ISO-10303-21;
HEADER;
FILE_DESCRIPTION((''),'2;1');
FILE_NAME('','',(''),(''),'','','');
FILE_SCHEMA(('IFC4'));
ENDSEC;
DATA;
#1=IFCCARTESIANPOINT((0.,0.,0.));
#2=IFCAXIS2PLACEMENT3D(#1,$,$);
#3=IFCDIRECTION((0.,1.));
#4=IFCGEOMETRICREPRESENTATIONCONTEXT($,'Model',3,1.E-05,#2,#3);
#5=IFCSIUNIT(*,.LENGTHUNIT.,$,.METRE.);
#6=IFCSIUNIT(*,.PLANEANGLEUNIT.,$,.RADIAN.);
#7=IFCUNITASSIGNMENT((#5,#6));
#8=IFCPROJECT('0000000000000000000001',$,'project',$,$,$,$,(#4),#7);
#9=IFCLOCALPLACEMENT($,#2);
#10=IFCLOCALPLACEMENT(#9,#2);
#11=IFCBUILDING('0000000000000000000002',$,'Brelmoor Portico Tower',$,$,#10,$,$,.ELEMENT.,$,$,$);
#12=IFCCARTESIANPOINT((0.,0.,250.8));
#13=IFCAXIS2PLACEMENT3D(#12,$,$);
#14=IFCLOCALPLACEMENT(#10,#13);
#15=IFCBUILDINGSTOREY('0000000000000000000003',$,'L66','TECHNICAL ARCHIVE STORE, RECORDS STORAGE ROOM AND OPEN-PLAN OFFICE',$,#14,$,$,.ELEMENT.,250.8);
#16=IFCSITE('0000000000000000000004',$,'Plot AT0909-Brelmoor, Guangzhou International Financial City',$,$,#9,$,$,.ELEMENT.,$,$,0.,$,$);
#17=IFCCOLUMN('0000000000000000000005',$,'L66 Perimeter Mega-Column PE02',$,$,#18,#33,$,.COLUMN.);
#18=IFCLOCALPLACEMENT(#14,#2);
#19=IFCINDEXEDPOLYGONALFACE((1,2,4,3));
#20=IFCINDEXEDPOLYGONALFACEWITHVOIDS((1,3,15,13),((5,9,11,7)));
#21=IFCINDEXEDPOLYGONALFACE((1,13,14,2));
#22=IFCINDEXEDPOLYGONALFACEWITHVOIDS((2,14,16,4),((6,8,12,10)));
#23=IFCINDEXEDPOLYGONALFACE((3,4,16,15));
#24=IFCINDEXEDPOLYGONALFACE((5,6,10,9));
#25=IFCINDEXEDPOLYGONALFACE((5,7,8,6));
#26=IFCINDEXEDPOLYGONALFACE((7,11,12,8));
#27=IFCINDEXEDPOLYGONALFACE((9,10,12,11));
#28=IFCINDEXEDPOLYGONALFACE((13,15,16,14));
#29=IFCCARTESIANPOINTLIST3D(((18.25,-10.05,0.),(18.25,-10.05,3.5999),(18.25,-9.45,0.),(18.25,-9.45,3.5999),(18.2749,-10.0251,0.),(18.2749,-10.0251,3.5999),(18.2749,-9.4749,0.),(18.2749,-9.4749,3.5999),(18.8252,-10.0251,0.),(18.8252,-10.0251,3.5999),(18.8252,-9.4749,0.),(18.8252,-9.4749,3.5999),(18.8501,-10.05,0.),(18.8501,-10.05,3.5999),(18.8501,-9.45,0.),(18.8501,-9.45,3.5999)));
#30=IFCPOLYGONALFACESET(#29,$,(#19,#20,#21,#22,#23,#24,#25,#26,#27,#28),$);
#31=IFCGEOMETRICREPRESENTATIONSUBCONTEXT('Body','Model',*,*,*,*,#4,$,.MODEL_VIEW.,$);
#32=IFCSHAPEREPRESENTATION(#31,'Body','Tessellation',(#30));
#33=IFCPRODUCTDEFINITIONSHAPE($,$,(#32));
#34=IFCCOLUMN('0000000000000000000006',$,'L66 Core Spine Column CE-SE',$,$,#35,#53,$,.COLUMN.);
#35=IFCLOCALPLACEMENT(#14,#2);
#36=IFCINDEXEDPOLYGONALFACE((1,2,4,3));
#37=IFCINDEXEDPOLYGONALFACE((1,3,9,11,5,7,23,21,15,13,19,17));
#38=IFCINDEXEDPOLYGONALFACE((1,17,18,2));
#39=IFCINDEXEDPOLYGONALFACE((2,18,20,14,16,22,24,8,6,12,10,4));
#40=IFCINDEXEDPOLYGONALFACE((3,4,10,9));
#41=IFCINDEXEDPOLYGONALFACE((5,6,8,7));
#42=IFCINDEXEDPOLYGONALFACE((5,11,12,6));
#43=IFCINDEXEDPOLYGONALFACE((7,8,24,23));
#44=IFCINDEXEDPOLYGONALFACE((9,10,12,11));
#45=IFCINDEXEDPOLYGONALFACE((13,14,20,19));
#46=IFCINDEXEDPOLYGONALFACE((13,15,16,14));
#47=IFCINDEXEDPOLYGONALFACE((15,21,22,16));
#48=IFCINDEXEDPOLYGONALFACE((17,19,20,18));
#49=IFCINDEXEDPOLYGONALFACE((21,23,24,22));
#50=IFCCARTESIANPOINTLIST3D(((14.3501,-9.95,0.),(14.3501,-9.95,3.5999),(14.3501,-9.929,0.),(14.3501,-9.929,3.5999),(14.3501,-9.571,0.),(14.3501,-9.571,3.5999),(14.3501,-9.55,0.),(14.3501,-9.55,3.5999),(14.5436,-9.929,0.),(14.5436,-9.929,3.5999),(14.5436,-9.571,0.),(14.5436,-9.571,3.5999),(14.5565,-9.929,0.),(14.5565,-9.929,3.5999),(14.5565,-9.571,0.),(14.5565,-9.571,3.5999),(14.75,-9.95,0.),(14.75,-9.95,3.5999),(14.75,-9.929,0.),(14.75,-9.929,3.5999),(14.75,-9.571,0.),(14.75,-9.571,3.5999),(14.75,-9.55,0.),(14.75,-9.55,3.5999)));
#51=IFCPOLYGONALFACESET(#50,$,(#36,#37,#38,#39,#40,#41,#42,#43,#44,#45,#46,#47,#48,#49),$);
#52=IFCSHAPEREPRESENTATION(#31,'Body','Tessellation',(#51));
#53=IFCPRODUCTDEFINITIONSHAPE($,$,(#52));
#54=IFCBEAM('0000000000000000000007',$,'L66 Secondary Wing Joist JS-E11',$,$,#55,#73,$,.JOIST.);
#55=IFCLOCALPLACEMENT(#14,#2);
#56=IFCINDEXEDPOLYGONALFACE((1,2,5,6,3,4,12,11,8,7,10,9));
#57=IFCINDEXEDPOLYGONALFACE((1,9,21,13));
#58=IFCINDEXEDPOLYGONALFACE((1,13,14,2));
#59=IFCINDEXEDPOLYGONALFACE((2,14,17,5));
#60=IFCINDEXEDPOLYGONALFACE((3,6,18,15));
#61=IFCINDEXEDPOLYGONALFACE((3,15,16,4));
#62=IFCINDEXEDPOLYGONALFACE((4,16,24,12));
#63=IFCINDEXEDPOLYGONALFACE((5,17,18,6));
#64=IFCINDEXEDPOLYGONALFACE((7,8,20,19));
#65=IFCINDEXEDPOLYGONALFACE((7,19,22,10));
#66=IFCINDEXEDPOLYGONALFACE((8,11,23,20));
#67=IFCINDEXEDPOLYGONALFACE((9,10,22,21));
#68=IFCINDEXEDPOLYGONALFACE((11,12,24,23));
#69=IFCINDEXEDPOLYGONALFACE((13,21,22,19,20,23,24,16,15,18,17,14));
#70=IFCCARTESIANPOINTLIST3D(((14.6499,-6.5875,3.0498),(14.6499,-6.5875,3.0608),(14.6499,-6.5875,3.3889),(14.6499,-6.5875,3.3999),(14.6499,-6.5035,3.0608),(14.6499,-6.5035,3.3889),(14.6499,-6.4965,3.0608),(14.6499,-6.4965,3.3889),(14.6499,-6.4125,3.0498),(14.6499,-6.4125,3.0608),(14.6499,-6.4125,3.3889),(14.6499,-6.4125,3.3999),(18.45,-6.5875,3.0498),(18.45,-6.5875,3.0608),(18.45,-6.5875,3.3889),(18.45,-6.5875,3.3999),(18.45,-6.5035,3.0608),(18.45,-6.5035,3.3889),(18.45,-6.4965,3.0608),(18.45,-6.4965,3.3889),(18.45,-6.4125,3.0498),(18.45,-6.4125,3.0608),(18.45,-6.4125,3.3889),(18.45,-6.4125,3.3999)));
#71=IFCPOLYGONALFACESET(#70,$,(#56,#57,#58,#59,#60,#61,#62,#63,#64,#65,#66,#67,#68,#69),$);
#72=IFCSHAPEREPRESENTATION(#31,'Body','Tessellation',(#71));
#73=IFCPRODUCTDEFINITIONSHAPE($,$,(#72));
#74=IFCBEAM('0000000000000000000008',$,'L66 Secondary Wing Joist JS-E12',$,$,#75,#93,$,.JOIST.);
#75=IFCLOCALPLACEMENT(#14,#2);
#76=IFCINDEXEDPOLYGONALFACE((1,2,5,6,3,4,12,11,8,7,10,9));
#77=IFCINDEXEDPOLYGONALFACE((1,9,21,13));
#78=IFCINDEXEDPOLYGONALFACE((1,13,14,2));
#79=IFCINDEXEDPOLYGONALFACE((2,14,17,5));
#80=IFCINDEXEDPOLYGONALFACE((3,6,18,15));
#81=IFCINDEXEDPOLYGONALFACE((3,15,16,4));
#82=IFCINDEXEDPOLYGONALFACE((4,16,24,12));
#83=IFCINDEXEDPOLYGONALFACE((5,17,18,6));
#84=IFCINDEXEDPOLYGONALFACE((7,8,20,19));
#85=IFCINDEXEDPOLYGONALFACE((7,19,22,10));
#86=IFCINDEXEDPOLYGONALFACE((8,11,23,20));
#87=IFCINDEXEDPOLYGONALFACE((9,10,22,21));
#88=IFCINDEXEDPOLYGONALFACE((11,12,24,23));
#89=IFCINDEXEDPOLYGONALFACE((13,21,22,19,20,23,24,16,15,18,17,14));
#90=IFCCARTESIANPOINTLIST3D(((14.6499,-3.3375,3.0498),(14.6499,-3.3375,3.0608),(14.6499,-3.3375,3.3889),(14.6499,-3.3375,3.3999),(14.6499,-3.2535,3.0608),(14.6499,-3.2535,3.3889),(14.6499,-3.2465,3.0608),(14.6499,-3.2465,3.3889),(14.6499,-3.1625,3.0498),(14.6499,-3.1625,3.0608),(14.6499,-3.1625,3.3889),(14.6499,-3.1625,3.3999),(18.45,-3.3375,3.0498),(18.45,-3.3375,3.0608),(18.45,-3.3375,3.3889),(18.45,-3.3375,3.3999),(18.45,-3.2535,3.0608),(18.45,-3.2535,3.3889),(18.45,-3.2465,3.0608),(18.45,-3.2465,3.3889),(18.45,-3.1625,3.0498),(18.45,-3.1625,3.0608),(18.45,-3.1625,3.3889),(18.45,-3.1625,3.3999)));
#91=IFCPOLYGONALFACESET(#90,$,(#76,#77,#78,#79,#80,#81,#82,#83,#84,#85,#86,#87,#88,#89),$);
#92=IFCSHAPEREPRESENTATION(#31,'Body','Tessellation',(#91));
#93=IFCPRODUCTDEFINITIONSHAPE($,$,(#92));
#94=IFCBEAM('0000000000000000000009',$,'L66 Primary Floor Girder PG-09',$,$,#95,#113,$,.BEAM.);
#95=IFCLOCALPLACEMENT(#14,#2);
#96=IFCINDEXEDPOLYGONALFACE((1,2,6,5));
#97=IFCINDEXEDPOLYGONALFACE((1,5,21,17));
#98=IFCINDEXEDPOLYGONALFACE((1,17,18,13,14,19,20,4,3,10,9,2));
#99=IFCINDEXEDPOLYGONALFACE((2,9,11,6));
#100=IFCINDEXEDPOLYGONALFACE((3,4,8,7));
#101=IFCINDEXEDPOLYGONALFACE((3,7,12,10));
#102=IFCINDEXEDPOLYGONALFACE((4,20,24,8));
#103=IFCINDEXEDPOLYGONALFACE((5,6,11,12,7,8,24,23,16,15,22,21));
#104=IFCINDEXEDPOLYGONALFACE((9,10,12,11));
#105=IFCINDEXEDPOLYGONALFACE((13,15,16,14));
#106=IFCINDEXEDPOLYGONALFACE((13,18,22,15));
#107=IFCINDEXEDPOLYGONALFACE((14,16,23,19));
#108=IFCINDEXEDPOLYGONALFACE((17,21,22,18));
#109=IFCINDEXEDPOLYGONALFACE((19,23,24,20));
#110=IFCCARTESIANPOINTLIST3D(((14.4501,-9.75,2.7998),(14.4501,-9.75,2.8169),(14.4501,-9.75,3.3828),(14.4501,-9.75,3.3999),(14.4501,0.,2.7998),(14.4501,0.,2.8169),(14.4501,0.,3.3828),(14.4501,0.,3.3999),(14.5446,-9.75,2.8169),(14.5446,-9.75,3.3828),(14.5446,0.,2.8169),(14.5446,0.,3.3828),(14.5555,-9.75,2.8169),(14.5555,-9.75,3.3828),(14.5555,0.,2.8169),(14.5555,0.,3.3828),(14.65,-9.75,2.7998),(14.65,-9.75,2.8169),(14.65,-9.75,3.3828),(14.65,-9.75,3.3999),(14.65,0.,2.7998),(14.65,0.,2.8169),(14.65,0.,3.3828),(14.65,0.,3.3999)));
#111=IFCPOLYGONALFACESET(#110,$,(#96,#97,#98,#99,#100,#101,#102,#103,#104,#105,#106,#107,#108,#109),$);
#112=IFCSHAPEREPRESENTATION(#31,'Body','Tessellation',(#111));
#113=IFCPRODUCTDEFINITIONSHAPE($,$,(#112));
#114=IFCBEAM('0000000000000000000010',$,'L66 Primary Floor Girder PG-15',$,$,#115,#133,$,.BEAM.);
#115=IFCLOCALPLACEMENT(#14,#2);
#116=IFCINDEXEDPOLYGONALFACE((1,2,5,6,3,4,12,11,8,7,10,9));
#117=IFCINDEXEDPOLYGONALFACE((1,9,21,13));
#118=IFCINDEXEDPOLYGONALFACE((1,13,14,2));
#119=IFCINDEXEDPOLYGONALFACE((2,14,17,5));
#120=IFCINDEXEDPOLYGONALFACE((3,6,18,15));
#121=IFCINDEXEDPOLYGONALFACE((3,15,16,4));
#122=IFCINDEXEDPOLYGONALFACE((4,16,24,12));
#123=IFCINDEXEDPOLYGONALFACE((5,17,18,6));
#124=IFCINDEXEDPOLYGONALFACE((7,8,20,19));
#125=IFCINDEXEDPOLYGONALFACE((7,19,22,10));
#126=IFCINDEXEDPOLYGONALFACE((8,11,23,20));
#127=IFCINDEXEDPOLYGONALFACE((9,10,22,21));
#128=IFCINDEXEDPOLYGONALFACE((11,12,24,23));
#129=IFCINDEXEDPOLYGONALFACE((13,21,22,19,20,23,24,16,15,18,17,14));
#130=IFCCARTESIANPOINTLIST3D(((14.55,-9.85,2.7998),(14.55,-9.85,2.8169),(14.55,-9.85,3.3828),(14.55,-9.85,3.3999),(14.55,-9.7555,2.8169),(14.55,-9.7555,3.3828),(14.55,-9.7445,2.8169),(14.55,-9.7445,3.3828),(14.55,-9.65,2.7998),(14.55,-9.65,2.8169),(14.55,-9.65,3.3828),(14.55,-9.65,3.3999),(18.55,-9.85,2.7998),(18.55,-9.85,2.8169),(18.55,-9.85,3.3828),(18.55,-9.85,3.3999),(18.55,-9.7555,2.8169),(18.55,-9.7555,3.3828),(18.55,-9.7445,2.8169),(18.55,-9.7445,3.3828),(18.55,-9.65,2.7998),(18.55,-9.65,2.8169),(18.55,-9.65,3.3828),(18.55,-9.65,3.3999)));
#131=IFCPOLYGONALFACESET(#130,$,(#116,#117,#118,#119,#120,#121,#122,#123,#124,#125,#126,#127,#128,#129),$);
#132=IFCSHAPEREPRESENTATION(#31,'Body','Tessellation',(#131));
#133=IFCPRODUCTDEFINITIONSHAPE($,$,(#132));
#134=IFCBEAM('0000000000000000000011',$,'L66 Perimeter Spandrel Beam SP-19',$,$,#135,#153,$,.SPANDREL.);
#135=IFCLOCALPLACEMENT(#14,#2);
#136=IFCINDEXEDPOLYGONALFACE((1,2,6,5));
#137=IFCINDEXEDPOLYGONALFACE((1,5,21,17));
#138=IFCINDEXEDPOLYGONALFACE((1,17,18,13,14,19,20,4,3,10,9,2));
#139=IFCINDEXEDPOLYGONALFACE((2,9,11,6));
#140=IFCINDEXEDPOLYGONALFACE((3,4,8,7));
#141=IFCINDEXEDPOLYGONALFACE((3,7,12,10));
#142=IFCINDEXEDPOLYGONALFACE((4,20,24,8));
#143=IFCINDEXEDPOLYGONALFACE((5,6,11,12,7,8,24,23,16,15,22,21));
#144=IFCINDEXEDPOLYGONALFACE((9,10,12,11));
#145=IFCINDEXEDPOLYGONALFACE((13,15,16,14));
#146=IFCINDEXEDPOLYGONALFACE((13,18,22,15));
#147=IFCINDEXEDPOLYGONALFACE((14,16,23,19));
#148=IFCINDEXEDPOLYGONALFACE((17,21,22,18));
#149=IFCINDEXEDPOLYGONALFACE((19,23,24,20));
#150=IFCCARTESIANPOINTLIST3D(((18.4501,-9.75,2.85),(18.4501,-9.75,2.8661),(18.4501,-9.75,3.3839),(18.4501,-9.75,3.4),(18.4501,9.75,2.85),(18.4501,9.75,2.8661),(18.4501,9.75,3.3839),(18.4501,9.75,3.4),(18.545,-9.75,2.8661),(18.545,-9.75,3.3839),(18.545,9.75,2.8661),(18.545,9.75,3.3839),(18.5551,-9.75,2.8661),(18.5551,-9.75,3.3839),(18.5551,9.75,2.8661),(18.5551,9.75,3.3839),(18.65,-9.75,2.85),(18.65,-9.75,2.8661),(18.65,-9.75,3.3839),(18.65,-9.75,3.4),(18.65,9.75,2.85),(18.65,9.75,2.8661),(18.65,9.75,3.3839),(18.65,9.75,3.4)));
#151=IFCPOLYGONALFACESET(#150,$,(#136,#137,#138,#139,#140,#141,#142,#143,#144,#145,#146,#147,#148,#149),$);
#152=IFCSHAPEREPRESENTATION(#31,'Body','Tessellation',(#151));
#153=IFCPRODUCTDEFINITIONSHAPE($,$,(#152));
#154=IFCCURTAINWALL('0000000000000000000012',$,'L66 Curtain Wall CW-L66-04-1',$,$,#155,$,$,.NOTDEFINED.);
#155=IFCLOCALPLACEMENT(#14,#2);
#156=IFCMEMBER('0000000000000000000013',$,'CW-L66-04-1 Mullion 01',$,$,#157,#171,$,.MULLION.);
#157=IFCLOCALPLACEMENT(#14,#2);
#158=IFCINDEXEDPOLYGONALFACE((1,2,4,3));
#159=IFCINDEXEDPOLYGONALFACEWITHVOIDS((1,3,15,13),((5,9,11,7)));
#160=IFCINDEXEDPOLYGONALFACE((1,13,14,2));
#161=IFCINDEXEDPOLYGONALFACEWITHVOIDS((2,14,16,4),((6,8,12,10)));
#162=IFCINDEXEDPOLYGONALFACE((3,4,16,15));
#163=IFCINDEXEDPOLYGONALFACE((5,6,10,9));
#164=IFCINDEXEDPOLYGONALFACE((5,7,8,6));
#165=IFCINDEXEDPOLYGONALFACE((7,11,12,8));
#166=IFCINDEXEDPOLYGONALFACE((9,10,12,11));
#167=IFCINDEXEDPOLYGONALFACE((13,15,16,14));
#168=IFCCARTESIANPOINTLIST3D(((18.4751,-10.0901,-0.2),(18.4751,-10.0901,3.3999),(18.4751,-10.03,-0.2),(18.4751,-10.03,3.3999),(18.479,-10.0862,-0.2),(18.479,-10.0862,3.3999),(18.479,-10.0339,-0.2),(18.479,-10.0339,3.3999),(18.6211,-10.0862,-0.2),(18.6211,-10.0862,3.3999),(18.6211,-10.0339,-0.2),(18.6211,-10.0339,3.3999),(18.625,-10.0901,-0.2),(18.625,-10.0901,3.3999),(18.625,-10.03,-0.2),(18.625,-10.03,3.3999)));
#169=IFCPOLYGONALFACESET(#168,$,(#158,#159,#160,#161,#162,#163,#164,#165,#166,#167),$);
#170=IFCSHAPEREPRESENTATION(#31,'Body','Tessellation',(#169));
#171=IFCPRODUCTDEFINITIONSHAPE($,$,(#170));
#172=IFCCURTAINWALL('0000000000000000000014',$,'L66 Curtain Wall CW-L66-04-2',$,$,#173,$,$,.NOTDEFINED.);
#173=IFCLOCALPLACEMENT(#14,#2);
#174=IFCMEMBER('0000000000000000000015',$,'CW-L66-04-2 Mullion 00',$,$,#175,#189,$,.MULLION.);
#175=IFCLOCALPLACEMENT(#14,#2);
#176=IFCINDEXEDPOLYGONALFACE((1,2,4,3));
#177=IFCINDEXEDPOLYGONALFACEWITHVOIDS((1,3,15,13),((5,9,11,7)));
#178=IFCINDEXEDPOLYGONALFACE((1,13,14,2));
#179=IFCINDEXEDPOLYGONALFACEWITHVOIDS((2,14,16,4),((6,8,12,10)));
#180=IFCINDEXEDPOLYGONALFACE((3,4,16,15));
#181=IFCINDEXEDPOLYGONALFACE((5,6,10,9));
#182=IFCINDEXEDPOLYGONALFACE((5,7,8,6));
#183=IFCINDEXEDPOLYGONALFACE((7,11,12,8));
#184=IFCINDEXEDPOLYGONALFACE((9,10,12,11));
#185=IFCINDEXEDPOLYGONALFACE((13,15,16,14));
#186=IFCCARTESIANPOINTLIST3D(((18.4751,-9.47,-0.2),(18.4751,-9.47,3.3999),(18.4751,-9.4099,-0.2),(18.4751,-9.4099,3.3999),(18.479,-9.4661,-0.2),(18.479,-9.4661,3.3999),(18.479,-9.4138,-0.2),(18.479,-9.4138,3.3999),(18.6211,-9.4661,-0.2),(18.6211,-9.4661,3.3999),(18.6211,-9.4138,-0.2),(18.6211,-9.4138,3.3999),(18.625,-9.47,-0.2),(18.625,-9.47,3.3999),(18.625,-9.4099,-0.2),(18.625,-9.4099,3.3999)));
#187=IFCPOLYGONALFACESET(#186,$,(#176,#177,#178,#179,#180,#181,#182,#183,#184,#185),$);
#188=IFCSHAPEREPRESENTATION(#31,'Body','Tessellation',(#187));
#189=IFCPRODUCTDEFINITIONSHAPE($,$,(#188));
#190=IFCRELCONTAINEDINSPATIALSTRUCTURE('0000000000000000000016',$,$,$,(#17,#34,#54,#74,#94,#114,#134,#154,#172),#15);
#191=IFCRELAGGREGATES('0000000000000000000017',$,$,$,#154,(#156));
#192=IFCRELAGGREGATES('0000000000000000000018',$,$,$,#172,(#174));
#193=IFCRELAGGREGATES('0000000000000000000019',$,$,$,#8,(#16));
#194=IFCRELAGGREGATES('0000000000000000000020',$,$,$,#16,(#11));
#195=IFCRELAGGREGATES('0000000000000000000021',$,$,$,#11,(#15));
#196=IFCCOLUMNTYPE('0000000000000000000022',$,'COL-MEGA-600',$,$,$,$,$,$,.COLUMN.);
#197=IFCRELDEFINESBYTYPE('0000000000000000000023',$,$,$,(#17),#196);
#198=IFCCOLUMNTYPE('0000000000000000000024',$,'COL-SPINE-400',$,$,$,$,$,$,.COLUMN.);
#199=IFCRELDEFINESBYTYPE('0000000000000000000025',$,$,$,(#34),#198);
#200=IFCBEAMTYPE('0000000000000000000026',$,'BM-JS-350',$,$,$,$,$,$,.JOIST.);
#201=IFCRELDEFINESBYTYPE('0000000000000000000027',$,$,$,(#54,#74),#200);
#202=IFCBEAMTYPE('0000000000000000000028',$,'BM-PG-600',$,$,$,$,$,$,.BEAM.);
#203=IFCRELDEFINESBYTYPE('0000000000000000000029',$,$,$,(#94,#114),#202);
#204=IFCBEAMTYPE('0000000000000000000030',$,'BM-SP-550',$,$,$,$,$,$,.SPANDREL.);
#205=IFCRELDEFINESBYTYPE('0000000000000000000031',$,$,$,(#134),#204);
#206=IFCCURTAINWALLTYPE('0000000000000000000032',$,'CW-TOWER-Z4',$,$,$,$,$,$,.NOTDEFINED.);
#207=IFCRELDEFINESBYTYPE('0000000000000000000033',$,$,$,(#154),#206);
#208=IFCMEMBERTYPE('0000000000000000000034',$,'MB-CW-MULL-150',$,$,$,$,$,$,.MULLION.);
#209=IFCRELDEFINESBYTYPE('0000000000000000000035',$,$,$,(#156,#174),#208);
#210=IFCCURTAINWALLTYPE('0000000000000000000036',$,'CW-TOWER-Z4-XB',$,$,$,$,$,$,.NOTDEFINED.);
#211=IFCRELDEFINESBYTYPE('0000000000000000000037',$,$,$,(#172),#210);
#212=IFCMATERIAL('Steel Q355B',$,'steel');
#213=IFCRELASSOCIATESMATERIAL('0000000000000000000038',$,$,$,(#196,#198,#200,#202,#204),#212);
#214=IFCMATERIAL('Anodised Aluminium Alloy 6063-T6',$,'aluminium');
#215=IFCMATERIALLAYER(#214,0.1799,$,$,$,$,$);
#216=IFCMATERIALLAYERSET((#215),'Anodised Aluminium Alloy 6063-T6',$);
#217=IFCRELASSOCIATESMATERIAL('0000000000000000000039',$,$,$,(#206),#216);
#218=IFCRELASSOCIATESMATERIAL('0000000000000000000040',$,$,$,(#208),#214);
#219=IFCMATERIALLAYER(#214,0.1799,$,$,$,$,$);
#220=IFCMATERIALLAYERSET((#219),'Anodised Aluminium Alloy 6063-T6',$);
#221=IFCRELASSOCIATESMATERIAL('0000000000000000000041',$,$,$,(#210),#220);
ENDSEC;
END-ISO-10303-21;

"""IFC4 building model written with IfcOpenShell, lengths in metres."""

from ifc_helpers import new_model, si_unit, direction, frame, origin, origin_2d, place, context, subcontext, project, spatial, hollow_rectangle, i_section, extrude, material, layer, layer_set, material_profile, profile_set, type_object, element, aggregate, save


model = new_model("IFC4")

# Units and contexts
model_context = context("Model", 3, precision=1e-05, world=origin(), true_north=direction((0.0, 1.0)))
body_context = subcontext(model_context, "Body", "Model", "MODEL_VIEW")
ifc_project = project(units=[si_unit("LENGTHUNIT", "METRE"), si_unit("PLANEANGLEUNIT", "RADIAN")], contexts=[model_context])

# Site, building, storey
site_placement = place(None, origin())
site = spatial("IfcSite", under=ifc_project, at=site_placement, Name="Plot AT0909-Brelmoor, Guangzhou International Financial City", CompositionType="ELEMENT", RefElevation=0.0)
building_placement = place(site_placement, origin())
building = spatial("IfcBuilding", under=site, at=building_placement, Name="Brelmoor Portico Tower", CompositionType="ELEMENT")
storey_placement = place(building_placement, frame((0.0, 0.0, 250.8)))
storey = spatial("IfcBuildingStorey", under=building, at=storey_placement, Name="L66", Description="TECHNICAL ARCHIVE STORE, RECORDS STORAGE ROOM AND OPEN-PLAN OFFICE", CompositionType="ELEMENT", Elevation=250.8)

# Columns
ifc_material_1 = material(Name="Steel Q355B", Category="steel")
ifc_material_profile_1 = material_profile(ifc_material_1, hollow_rectangle(XDim=0.6001, YDim=0.6001, WallThickness=0.0249, at=origin_2d()), Name="BOX 600x600x25")
ifc_profile_set_1 = profile_set([ifc_material_profile_1], Name="Steel Q355B")
column_type_1 = type_object("IfcColumnType", Name="COL-MEGA-600", PredefinedType="COLUMN", material=ifc_profile_set_1)
column_1_placement = place(storey_placement, frame((18.55, -9.75, 0.0), z_axis=(0.0, 0.0, 1.0), x_axis=(0.0, 1.0, 0.0)))
element("IfcColumn", 1, at=column_1_placement, inside=storey, type_object=column_type_1, Name="L66 Perimeter Mega-Column PE02", PredefinedType="COLUMN", context=body_context, shape_type="SweptSolid", body=[
    extrude(hollow_rectangle(XDim=0.6001, YDim=0.6001, WallThickness=0.0249, at=origin_2d()), origin(), (0.0, 0.0, 1.0), 3.5999),
])
ifc_material_profile_2 = material_profile(ifc_material_1, i_section(OverallWidth=0.3999, OverallDepth=0.3999, WebThickness=0.0129, FlangeThickness=0.021, at=origin_2d()), Name="HW 400x400x13x21")
ifc_profile_set_2 = profile_set([ifc_material_profile_2], Name="Steel Q355B")
column_type_2 = type_object("IfcColumnType", Name="COL-SPINE-400", PredefinedType="COLUMN", material=ifc_profile_set_2)
column_2_placement = place(storey_placement, frame((14.55, -9.75, 0.0), z_axis=(0.0, 0.0, 1.0), x_axis=(1.0, 0.0, 0.0)))
element("IfcColumn", 2, at=column_2_placement, inside=storey, type_object=column_type_2, Name="L66 Core Spine Column CE-SE", PredefinedType="COLUMN", context=body_context, shape_type="SweptSolid", body=[
    extrude(i_section(OverallWidth=0.3999, OverallDepth=0.3999, WebThickness=0.0129, FlangeThickness=0.021, at=origin_2d()), origin(), (0.0, 0.0, 1.0), 3.5999),
])

# Beams
ifc_material_profile_3 = material_profile(ifc_material_1, i_section(OverallWidth=0.175, OverallDepth=0.3501, WebThickness=0.0071, FlangeThickness=0.011, at=origin_2d()), Name="HN 350x175x7x11")
ifc_profile_set_3 = profile_set([ifc_material_profile_3], Name="Steel Q355B")
beam_type_1 = type_object("IfcBeamType", Name="BM-JS-350", PredefinedType="JOIST", material=ifc_profile_set_3)
for number, where, z_axis, x_axis, name in (
    (3, (14.6499, -6.5, 3.2249), (1.0, 0.0, 0.0), (0.0, 1.0, 0.0), "L66 Secondary Wing Joist JS-E11"),
    (4, (14.6499, -3.25, 3.2249), (1.0, 0.0, 0.0), (0.0, 1.0, 0.0), "L66 Secondary Wing Joist JS-E12"),
):
    element("IfcBeam", number, at=place(storey_placement, frame(where, z_axis=z_axis, x_axis=x_axis)), inside=storey, type_object=beam_type_1, Name=name, PredefinedType="JOIST", context=body_context, shape_type="SweptSolid", body=[
        extrude(i_section(OverallWidth=0.175, OverallDepth=0.3501, WebThickness=0.0071, FlangeThickness=0.011, at=origin_2d()), origin(), (0.0, 0.0, 1.0), 3.8),
    ])
ifc_material_profile_4 = material_profile(ifc_material_1, i_section(OverallWidth=0.2, OverallDepth=0.6001, WebThickness=0.011, FlangeThickness=0.0171, at=origin_2d()), Name="HN 600x200x11x17")
ifc_profile_set_4 = profile_set([ifc_material_profile_4], Name="Steel Q355B")
beam_type_2 = type_object("IfcBeamType", Name="BM-PG-600", PredefinedType="BEAM", material=ifc_profile_set_4)
beam_1_placement = place(storey_placement, frame((14.55, -9.75, 3.0999), z_axis=(0.0, 1.0, 0.0), x_axis=(-1.0, 0.0, 0.0)))
element("IfcBeam", 5, at=beam_1_placement, inside=storey, type_object=beam_type_2, Name="L66 Primary Floor Girder PG-09", PredefinedType="BEAM", context=body_context, shape_type="SweptSolid", body=[
    extrude(i_section(OverallWidth=0.2, OverallDepth=0.6001, WebThickness=0.011, FlangeThickness=0.0171, at=origin_2d()), origin(), (0.0, 0.0, 1.0), 9.75),
])
beam_2_placement = place(storey_placement, frame((14.55, -9.75, 3.0999), z_axis=(1.0, 0.0, 0.0), x_axis=(0.0, 1.0, 0.0)))
element("IfcBeam", 6, at=beam_2_placement, inside=storey, type_object=beam_type_2, Name="L66 Primary Floor Girder PG-15", PredefinedType="BEAM", context=body_context, shape_type="SweptSolid", body=[
    extrude(i_section(OverallWidth=0.2, OverallDepth=0.6001, WebThickness=0.011, FlangeThickness=0.0171, at=origin_2d()), origin(), (0.0, 0.0, 1.0), 4.0),
])
ifc_material_profile_5 = material_profile(ifc_material_1, i_section(OverallWidth=0.2, OverallDepth=0.55, WebThickness=0.01, FlangeThickness=0.0161, at=origin_2d()), Name="HN 550x200x10x16")
ifc_profile_set_5 = profile_set([ifc_material_profile_5], Name="Steel Q355B")
beam_type_3 = type_object("IfcBeamType", Name="BM-SP-550", PredefinedType="SPANDREL", material=ifc_profile_set_5)
beam_3_placement = place(storey_placement, frame((18.55, -9.75, 3.125), z_axis=(0.0, 1.0, 0.0), x_axis=(-1.0, 0.0, 0.0)))
element("IfcBeam", 7, at=beam_3_placement, inside=storey, type_object=beam_type_3, Name="L66 Perimeter Spandrel Beam SP-19", PredefinedType="SPANDREL", context=body_context, shape_type="SweptSolid", body=[
    extrude(i_section(OverallWidth=0.2, OverallDepth=0.55, WebThickness=0.01, FlangeThickness=0.0161, at=origin_2d()), origin(), (0.0, 0.0, 1.0), 19.5),
])

# Curtain walls, members
ifc_material_2 = material(Name="Anodised Aluminium Alloy 6063-T6", Category="aluminium")
ifc_layer_1 = layer(ifc_material_2, 0.1799)
ifc_layer_set_1 = layer_set([ifc_layer_1], Name="Anodised Aluminium Alloy 6063-T6")
curtain_wall_type_1 = type_object("IfcCurtainWallType", Name="CW-TOWER-Z4", PredefinedType="NOTDEFINED", material=ifc_layer_set_1)
curtain_wall_1_placement = place(storey_placement, origin())
curtain_wall_1 = element("IfcCurtainWall", 8, at=curtain_wall_1_placement, inside=storey, type_object=curtain_wall_type_1, Name="L66 Curtain Wall CW-L66-04-1", PredefinedType="NOTDEFINED")
ifc_material_profile_6 = material_profile(ifc_material_2, hollow_rectangle(XDim=0.0601, YDim=0.1499, WallThickness=0.0039, at=origin_2d()), Name="ALU MULLION 60x150")
ifc_profile_set_6 = profile_set([ifc_material_profile_6], Name="Anodised Aluminium Alloy 6063-T6")
member_type_1 = type_object("IfcMemberType", Name="MB-CW-MULL-150", PredefinedType="MULLION", material=ifc_profile_set_6)
member_1_placement = place(storey_placement, frame((18.55, -10.0601, -0.2), z_axis=(0.0, 0.0, 1.0), x_axis=(0.0, 1.0, 0.0)))
member_1 = element("IfcMember", 9, at=member_1_placement, type_object=member_type_1, Name="CW-L66-04-1 Mullion 01", PredefinedType="MULLION", context=body_context, shape_type="SweptSolid", body=[
    extrude(hollow_rectangle(XDim=0.0601, YDim=0.1499, WallThickness=0.0039, at=origin_2d()), origin(), (0.0, 0.0, 1.0), 3.5999),
])
ifc_layer_2 = layer(ifc_material_2, 0.1799)
ifc_layer_set_2 = layer_set([ifc_layer_2], Name="Anodised Aluminium Alloy 6063-T6")
curtain_wall_type_2 = type_object("IfcCurtainWallType", Name="CW-TOWER-Z4-XB", PredefinedType="NOTDEFINED", material=ifc_layer_set_2)
curtain_wall_2_placement = place(storey_placement, origin())
curtain_wall_2 = element("IfcCurtainWall", 10, at=curtain_wall_2_placement, inside=storey, type_object=curtain_wall_type_2, Name="L66 Curtain Wall CW-L66-04-2", PredefinedType="NOTDEFINED")
member_2_placement = place(storey_placement, frame((18.55, -9.4399, -0.2), z_axis=(0.0, 0.0, 1.0), x_axis=(0.0, 1.0, 0.0)))
member_2 = element("IfcMember", 11, at=member_2_placement, type_object=member_type_1, Name="CW-L66-04-2 Mullion 00", PredefinedType="MULLION", context=body_context, shape_type="SweptSolid", body=[
    extrude(hollow_rectangle(XDim=0.0601, YDim=0.1499, WallThickness=0.0039, at=origin_2d()), origin(), (0.0, 0.0, 1.0), 3.5999),
])

aggregate(curtain_wall_1, [member_1])
aggregate(curtain_wall_2, [member_2])

save(model, "model.ifc")
